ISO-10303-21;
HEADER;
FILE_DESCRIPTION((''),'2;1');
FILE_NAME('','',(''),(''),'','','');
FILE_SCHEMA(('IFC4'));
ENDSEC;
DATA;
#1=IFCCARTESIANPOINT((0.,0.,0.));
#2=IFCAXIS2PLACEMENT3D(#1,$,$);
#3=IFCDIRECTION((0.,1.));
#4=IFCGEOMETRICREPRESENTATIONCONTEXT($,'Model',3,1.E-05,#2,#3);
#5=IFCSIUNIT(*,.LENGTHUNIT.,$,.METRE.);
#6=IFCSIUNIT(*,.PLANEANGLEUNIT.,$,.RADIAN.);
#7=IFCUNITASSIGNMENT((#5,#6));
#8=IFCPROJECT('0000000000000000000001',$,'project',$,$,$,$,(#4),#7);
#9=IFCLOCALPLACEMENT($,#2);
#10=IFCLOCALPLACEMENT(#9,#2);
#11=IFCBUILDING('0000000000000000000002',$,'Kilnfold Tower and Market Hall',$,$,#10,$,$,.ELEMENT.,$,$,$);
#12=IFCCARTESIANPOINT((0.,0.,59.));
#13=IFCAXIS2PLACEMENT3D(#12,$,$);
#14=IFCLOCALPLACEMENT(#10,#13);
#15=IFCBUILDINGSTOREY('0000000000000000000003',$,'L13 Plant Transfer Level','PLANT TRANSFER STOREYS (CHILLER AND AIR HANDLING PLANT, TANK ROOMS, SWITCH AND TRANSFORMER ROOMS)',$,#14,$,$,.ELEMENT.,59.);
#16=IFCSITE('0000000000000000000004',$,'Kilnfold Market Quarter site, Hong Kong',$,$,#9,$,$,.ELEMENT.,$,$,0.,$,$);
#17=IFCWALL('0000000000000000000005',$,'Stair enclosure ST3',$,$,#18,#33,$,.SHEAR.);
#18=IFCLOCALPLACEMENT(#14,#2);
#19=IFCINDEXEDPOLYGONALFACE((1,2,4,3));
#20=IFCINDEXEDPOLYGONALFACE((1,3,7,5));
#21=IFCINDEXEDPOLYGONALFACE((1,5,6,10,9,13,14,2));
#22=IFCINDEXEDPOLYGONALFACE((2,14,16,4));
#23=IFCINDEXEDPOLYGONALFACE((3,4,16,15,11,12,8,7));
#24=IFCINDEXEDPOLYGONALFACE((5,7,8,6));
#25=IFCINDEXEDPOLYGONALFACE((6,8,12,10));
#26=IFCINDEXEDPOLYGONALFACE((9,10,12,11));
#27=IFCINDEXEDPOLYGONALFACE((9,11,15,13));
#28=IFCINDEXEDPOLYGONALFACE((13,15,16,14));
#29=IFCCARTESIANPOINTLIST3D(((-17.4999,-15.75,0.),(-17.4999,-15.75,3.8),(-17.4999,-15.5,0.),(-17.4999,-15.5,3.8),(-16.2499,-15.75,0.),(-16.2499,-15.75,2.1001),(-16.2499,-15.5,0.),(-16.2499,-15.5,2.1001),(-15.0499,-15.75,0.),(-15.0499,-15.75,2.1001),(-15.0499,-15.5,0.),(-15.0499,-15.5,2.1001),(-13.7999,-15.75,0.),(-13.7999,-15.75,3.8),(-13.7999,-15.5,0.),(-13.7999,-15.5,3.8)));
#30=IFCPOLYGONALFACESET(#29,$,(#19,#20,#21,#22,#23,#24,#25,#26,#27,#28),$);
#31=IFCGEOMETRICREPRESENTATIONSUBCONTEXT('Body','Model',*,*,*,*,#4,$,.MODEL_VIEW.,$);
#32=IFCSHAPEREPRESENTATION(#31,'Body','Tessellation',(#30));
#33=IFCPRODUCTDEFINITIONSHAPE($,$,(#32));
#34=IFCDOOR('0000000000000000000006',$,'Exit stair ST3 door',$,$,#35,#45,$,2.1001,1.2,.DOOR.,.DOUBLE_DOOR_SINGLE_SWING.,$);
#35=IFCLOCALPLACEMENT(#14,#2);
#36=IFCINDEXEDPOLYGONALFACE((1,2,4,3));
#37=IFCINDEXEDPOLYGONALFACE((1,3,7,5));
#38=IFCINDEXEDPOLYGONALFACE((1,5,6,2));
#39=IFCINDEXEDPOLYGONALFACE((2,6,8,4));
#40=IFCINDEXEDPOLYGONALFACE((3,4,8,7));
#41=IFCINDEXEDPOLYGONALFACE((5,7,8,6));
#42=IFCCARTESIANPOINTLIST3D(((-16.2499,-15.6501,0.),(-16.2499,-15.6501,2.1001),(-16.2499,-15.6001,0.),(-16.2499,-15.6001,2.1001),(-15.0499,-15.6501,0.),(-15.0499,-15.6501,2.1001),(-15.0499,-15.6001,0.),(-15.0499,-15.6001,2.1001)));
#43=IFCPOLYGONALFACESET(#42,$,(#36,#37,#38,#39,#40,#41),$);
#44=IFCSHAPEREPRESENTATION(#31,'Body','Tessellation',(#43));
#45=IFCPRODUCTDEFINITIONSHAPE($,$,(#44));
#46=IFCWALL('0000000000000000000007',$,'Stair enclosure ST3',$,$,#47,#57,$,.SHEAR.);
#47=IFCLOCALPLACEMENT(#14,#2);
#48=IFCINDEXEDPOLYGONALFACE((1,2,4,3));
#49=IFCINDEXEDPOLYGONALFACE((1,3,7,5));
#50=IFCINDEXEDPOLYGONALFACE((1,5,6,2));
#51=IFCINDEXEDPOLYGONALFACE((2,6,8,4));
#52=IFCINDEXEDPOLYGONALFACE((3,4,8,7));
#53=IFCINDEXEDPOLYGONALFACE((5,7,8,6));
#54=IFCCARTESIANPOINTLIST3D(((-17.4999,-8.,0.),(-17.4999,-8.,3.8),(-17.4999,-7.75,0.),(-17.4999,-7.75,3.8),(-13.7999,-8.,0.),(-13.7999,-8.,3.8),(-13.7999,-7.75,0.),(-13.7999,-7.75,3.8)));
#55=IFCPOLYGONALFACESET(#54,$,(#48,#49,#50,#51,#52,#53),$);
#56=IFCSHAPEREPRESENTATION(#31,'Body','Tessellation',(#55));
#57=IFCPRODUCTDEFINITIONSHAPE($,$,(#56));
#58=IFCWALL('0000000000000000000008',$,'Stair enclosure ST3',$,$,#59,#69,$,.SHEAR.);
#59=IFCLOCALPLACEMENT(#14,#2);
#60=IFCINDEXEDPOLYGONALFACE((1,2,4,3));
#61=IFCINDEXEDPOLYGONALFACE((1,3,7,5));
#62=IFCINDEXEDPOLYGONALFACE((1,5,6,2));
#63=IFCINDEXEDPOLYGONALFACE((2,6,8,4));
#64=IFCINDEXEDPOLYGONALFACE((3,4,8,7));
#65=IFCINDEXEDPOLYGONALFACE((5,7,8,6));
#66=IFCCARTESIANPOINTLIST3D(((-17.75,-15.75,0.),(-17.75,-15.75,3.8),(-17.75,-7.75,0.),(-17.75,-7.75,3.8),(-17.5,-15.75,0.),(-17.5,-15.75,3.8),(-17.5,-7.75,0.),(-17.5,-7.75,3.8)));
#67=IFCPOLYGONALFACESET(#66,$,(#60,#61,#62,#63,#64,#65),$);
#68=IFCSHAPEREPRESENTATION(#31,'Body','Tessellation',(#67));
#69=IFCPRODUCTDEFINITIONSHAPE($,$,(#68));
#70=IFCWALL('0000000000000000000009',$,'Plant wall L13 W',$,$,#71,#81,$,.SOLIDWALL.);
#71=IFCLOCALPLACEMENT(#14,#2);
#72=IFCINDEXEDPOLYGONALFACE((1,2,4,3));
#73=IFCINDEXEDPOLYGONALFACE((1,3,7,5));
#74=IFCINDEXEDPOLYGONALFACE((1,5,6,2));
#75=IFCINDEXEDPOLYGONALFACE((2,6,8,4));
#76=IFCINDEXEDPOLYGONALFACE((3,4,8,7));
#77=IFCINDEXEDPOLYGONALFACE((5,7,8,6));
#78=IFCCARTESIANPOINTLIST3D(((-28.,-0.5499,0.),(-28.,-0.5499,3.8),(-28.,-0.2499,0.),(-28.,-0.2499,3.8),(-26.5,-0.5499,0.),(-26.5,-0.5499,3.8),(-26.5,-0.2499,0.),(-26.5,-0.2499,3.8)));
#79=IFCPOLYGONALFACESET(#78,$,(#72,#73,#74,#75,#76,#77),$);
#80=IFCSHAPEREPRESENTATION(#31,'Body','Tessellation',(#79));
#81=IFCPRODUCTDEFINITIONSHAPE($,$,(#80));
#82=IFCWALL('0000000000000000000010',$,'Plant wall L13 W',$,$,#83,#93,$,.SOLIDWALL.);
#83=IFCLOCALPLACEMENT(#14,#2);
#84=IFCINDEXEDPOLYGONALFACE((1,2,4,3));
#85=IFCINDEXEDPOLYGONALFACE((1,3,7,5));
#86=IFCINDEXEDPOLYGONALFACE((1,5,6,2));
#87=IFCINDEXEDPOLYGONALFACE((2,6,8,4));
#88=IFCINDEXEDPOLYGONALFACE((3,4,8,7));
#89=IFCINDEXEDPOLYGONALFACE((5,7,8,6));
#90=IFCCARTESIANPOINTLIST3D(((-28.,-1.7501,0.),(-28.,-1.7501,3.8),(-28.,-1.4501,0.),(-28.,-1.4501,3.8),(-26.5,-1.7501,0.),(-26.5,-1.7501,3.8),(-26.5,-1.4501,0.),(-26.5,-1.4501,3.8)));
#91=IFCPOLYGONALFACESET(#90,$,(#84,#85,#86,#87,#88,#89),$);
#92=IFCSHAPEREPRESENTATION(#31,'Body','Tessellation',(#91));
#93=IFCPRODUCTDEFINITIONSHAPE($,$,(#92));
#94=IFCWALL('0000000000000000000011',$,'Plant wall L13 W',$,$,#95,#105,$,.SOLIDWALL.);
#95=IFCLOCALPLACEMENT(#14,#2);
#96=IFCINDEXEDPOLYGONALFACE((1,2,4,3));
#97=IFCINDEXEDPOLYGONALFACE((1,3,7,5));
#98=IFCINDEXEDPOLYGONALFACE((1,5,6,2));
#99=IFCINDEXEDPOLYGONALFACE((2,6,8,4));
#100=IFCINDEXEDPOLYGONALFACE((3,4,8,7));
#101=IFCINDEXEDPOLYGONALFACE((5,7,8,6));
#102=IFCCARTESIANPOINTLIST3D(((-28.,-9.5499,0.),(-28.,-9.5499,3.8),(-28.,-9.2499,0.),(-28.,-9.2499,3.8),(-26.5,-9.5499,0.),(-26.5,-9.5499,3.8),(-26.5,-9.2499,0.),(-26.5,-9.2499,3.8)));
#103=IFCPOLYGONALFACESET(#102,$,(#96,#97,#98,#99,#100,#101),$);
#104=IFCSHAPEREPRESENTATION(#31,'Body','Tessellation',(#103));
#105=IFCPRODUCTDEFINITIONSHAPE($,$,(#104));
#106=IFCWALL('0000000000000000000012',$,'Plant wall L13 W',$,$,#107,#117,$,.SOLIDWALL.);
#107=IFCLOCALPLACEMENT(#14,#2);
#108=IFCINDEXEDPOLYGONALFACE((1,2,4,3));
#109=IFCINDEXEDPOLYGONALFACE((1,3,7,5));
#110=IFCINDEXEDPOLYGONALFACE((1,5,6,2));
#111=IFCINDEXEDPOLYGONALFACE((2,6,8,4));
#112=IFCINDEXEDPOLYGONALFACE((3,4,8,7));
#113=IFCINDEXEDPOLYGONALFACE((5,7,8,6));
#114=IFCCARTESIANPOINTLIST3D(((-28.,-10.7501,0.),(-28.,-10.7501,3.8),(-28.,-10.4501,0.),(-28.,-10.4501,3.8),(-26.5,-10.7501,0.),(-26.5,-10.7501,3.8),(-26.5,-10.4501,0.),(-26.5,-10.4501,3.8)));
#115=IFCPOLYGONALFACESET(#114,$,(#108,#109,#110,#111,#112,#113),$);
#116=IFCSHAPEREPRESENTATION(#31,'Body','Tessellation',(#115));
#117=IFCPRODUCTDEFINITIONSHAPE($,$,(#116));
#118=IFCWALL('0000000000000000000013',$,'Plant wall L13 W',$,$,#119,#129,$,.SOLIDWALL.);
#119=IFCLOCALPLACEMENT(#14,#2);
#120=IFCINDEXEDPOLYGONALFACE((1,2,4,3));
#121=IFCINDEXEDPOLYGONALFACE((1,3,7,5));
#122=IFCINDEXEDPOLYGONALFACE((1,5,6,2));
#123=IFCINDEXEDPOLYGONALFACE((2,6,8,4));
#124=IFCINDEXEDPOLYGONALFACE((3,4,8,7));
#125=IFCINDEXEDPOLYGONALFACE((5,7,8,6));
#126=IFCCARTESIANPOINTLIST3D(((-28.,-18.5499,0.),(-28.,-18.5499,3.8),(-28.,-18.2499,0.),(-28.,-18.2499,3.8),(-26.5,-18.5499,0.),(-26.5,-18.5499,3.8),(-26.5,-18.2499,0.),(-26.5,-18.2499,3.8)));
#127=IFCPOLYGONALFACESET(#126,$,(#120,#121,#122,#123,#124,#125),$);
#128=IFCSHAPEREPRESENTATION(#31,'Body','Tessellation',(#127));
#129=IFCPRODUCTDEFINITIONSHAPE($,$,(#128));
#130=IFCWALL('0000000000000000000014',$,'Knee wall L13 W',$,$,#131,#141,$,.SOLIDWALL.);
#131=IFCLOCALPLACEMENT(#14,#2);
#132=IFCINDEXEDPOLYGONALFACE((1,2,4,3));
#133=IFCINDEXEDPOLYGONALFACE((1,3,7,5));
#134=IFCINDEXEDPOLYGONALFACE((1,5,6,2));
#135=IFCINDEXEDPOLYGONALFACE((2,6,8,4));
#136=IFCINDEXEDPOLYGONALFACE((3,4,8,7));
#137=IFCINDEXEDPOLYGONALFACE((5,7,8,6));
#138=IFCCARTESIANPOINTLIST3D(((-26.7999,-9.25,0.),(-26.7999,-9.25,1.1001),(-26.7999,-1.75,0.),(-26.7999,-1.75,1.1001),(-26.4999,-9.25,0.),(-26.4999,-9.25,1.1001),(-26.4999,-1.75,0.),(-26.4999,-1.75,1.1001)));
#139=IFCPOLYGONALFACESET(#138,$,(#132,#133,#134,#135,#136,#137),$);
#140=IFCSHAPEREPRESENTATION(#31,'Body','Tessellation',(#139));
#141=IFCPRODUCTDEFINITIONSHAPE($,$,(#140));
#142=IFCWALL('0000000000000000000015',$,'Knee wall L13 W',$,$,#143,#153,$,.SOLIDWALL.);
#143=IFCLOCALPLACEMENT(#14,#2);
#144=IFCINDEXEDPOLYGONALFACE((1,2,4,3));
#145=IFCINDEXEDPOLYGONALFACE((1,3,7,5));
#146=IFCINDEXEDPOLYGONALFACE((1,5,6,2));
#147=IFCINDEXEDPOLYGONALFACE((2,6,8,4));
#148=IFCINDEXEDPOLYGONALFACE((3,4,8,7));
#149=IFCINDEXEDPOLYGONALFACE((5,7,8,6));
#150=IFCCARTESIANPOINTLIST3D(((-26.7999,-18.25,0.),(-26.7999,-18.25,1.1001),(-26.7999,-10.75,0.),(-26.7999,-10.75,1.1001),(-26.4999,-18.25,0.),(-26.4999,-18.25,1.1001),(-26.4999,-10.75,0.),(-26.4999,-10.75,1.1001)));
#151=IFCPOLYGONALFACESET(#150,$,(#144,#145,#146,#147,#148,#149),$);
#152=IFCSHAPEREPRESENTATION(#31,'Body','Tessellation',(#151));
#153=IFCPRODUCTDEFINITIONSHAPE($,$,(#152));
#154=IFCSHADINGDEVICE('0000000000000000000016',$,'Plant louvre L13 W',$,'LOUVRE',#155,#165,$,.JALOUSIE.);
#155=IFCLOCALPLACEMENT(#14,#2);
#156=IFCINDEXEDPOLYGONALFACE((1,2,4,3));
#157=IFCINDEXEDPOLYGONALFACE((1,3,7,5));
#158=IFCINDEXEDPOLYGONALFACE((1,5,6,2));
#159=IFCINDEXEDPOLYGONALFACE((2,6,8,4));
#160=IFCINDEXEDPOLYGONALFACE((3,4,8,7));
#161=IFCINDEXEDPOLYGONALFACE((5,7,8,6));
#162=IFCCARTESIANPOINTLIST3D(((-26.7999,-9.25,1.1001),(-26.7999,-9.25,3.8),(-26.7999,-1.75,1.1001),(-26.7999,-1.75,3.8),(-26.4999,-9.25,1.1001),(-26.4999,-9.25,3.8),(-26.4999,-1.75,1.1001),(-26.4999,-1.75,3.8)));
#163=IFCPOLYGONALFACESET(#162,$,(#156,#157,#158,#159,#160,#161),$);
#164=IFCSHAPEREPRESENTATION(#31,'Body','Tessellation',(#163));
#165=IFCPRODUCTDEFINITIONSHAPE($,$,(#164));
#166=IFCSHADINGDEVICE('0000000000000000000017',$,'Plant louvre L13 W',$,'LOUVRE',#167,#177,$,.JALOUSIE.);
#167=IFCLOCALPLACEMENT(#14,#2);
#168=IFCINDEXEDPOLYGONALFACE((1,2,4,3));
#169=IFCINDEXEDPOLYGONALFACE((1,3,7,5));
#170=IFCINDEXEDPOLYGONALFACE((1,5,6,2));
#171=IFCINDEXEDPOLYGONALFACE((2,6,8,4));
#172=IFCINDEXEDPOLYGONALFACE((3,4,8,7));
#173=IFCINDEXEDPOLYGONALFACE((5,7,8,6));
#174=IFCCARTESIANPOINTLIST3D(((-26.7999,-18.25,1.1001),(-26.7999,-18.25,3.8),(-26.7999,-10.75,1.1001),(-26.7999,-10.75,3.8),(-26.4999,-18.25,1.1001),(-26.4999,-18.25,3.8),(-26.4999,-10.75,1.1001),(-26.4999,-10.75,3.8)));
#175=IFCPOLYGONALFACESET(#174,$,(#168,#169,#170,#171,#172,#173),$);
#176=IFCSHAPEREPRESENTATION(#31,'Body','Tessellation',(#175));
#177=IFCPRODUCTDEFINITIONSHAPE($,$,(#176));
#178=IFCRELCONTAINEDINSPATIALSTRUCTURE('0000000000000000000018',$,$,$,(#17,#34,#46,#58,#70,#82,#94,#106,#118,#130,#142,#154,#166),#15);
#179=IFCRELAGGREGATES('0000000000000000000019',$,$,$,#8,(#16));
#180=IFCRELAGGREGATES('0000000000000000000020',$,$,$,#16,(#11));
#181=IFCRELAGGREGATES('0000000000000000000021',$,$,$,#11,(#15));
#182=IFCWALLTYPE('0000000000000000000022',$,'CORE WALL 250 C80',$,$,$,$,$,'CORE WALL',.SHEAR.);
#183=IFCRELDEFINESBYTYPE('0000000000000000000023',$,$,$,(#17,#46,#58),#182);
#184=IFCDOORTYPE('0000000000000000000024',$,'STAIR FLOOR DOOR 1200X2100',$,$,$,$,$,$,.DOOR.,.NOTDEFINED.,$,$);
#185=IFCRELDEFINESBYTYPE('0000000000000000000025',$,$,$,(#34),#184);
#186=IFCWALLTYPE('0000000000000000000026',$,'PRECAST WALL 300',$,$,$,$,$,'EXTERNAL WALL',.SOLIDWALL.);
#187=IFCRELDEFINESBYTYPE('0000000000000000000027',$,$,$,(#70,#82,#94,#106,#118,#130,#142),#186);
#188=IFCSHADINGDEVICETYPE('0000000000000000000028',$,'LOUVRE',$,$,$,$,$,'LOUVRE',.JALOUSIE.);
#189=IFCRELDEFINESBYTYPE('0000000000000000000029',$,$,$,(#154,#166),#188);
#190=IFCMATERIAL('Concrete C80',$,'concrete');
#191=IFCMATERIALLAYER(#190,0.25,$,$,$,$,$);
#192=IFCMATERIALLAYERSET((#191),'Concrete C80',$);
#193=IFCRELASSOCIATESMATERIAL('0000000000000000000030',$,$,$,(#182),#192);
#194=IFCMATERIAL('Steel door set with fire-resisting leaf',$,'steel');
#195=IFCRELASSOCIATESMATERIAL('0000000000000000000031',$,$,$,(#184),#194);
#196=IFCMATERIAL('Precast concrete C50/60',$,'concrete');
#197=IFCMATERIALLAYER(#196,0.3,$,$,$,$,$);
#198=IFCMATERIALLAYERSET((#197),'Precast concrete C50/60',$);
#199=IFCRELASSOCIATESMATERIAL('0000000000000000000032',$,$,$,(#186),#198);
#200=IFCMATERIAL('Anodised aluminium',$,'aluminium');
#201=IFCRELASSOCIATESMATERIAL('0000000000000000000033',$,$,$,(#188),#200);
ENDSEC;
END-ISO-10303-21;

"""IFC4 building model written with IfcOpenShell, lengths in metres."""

from ifc_helpers import new_model, si_unit, direction, frame, frame_2d, origin, origin_2d, place, context, subcontext, project, spatial, rectangle, extrude, source, transform, mapped, material, layer, layer_set, type_object, element, fill, save


model = new_model("IFC4")

# Units and contexts
model_context = context("Model", 3, precision=1e-05, world=origin(), true_north=direction((0.0, 1.0)))
body_context = subcontext(model_context, "Body", "Model", "MODEL_VIEW")
ifc_project = project(units=[si_unit("LENGTHUNIT", "METRE"), si_unit("PLANEANGLEUNIT", "RADIAN")], contexts=[model_context])

# Site, building, storey
site_placement = place(None, origin())
site = spatial("IfcSite", under=ifc_project, at=site_placement, Name="Kilnfold Market Quarter site, Hong Kong", CompositionType="ELEMENT", RefElevation=0.0)
building_placement = place(site_placement, origin())
building = spatial("IfcBuilding", under=site, at=building_placement, Name="Kilnfold Tower and Market Hall", CompositionType="ELEMENT")
storey_placement = place(building_placement, frame((0.0, 0.0, 59.0)))
storey = spatial("IfcBuildingStorey", under=building, at=storey_placement, Name="L13 Plant Transfer Level", Description="PLANT TRANSFER STOREYS (CHILLER AND AIR HANDLING PLANT, TANK ROOMS, SWITCH AND TRANSFORMER ROOMS)", CompositionType="ELEMENT", Elevation=59.0)

# Wall, opening, door
ifc_material_1 = material(Name="Concrete C80", Category="concrete")
ifc_layer_1 = layer(ifc_material_1, 0.25)
ifc_layer_set_1 = layer_set([ifc_layer_1], Name="Concrete C80")
wall_type_1 = type_object("IfcWallType", Name="CORE WALL 250 C80", ElementType="CORE WALL", PredefinedType="SHEAR", material=ifc_layer_set_1)
shared_shape_1 = source(origin(), body_context, "Body", "SweptSolid", [
    extrude(rectangle(XDim=3.7, YDim=0.25, at=frame_2d((1.8501, 0.0))), origin(), (0.0, 0.0, 1.0), 3.8),
])
wall_1_placement = place(storey_placement, frame((-17.5, -15.625, 0.0), z_axis=(0.0, 0.0, 1.0), x_axis=(1.0, 0.0, 0.0)))
wall_1 = element("IfcWall", 1, at=wall_1_placement, inside=storey, type_object=wall_type_1, Name="Stair enclosure ST3", PredefinedType="SHEAR", context=body_context, shape_type="MappedRepresentation", body=[
    mapped(shared_shape_1, transform((0.0, 0.0, 0.0))),
])
opening_placement = place(wall_1_placement, frame((1.25, 0.0, 0.0)))
opening = element("IfcOpeningElement", 2, at=opening_placement, cuts=wall_1, PredefinedType="OPENING", context=body_context, shape_type="SweptSolid", body=[
    extrude(rectangle(XDim=1.2, YDim=2.1001, at=frame_2d((0.6001, 1.05))), frame((0.0, 0.135, 0.0), z_axis=(0.0, -1.0, 0.0), x_axis=(1.0, 0.0, 0.0)), (0.0, 0.0, 1.0), 0.27),
])
ifc_material_2 = material(Name="Steel door set with fire-resisting leaf", Category="steel")
door_type = type_object("IfcDoorType", Name="STAIR FLOOR DOOR 1200X2100", OperationType="NOTDEFINED", PredefinedType="DOOR", material=ifc_material_2)
door_placement = place(opening_placement, origin())
door = element("IfcDoor", 3, at=door_placement, inside=storey, type_object=door_type, Name="Exit stair ST3 door", OperationType="DOUBLE_DOOR_SINGLE_SWING", OverallHeight=2.1001, OverallWidth=1.2, PredefinedType="DOOR", context=body_context, shape_type="SweptSolid", body=[
    extrude(rectangle(XDim=1.2, YDim=2.1001, at=frame_2d((0.6001, 1.05))), frame((0.0, 0.0249, 0.0), z_axis=(0.0, -1.0, 0.0), x_axis=(1.0, 0.0, 0.0)), (0.0, 0.0, 1.0), 0.05),
])
fill(opening, door)

# Walls
wall_2_placement = place(storey_placement, frame((-17.5, -7.875, 0.0), z_axis=(0.0, 0.0, 1.0), x_axis=(1.0, 0.0, 0.0)))
element("IfcWall", 4, at=wall_2_placement, inside=storey, type_object=wall_type_1, Name="Stair enclosure ST3", PredefinedType="SHEAR", context=body_context, shape_type="MappedRepresentation", body=[
    mapped(shared_shape_1, transform((0.0, 0.0, 0.0))),
])
shared_shape_2 = source(origin(), body_context, "Body", "SweptSolid", [
    extrude(rectangle(XDim=8.0, YDim=0.25, at=frame_2d((4.0, 0.0))), origin(), (0.0, 0.0, 1.0), 3.8),
])
wall_3_placement = place(storey_placement, frame((-17.625, -15.75, 0.0), z_axis=(0.0, 0.0, 1.0), x_axis=(0.0, 1.0, 0.0)))
element("IfcWall", 5, at=wall_3_placement, inside=storey, type_object=wall_type_1, Name="Stair enclosure ST3", PredefinedType="SHEAR", context=body_context, shape_type="MappedRepresentation", body=[
    mapped(shared_shape_2, transform((0.0, 0.0, 0.0))),
])
ifc_material_3 = material(Name="Precast concrete C50/60", Category="concrete")
ifc_layer_2 = layer(ifc_material_3, 0.3)
ifc_layer_set_2 = layer_set([ifc_layer_2], Name="Precast concrete C50/60")
wall_type_2 = type_object("IfcWallType", Name="PRECAST WALL 300", ElementType="EXTERNAL WALL", PredefinedType="SOLIDWALL", material=ifc_layer_set_2)
shared_shape_3 = source(origin(), body_context, "Body", "SweptSolid", [
    extrude(rectangle(XDim=1.5, YDim=0.3, at=frame_2d((0.75, 0.0))), origin(), (0.0, 0.0, 1.0), 3.8),
])
for number, where, z_axis, x_axis, name in (
    (6, (-28.0, -0.3999, 0.0), (0.0, 0.0, 1.0), (1.0, 0.0, 0.0), "Plant wall L13 W"),
    (7, (-28.0, -1.6001, 0.0), (0.0, 0.0, 1.0), (1.0, 0.0, 0.0), "Plant wall L13 W"),
    (8, (-28.0, -9.3999, 0.0), (0.0, 0.0, 1.0), (1.0, 0.0, 0.0), "Plant wall L13 W"),
    (9, (-28.0, -10.6001, 0.0), (0.0, 0.0, 1.0), (1.0, 0.0, 0.0), "Plant wall L13 W"),
    (10, (-28.0, -18.3999, 0.0), (0.0, 0.0, 1.0), (1.0, 0.0, 0.0), "Plant wall L13 W"),
):
    element("IfcWall", number, at=place(storey_placement, frame(where, z_axis=z_axis, x_axis=x_axis)), inside=storey, type_object=wall_type_2, Name=name, PredefinedType="SOLIDWALL", context=body_context, shape_type="MappedRepresentation", body=[
        mapped(shared_shape_3, transform((0.0, 0.0, 0.0))),
    ])
shared_shape_4 = source(origin(), body_context, "Body", "SweptSolid", [
    extrude(rectangle(XDim=7.5, YDim=0.3, at=frame_2d((3.75, 0.0))), origin(), (0.0, 0.0, 1.0), 1.1001),
])
for number, where, z_axis, x_axis, name in (
    (11, (-26.6499, -1.75, 0.0), (0.0, 0.0, 1.0), (0.0, -1.0, 0.0), "Knee wall L13 W"),
    (12, (-26.6499, -10.75, 0.0), (0.0, 0.0, 1.0), (0.0, -1.0, 0.0), "Knee wall L13 W"),
):
    element("IfcWall", number, at=place(storey_placement, frame(where, z_axis=z_axis, x_axis=x_axis)), inside=storey, type_object=wall_type_2, Name=name, PredefinedType="SOLIDWALL", context=body_context, shape_type="MappedRepresentation", body=[
        mapped(shared_shape_4, transform((0.0, 0.0, 0.0))),
    ])

# Shading devices
ifc_material_4 = material(Name="Anodised aluminium", Category="aluminium")
shading_device_type = type_object("IfcShadingDeviceType", Name="LOUVRE", ElementType="LOUVRE", PredefinedType="JALOUSIE", material=ifc_material_4)
shared_shape_5 = source(origin(), body_context, "Body", "SweptSolid", [
    extrude(rectangle(XDim=7.5, YDim=0.3, at=origin_2d()), origin(), (0.0, 0.0, 1.0), 2.7),
])
for number, where, z_axis, x_axis, name in (
    (13, (-26.6499, -5.5, 1.1001), (0.0, 0.0, 1.0), (0.0, -1.0, 0.0), "Plant louvre L13 W"),
    (14, (-26.6499, -14.5, 1.1001), (0.0, 0.0, 1.0), (0.0, -1.0, 0.0), "Plant louvre L13 W"),
):
    element("IfcShadingDevice", number, at=place(storey_placement, frame(where, z_axis=z_axis, x_axis=x_axis)), inside=storey, type_object=shading_device_type, Name=name, ObjectType="LOUVRE", PredefinedType="JALOUSIE", context=body_context, shape_type="MappedRepresentation", body=[
        mapped(shared_shape_5, transform((0.0, 0.0, 0.0))),
    ])

save(model, "model.ifc")
